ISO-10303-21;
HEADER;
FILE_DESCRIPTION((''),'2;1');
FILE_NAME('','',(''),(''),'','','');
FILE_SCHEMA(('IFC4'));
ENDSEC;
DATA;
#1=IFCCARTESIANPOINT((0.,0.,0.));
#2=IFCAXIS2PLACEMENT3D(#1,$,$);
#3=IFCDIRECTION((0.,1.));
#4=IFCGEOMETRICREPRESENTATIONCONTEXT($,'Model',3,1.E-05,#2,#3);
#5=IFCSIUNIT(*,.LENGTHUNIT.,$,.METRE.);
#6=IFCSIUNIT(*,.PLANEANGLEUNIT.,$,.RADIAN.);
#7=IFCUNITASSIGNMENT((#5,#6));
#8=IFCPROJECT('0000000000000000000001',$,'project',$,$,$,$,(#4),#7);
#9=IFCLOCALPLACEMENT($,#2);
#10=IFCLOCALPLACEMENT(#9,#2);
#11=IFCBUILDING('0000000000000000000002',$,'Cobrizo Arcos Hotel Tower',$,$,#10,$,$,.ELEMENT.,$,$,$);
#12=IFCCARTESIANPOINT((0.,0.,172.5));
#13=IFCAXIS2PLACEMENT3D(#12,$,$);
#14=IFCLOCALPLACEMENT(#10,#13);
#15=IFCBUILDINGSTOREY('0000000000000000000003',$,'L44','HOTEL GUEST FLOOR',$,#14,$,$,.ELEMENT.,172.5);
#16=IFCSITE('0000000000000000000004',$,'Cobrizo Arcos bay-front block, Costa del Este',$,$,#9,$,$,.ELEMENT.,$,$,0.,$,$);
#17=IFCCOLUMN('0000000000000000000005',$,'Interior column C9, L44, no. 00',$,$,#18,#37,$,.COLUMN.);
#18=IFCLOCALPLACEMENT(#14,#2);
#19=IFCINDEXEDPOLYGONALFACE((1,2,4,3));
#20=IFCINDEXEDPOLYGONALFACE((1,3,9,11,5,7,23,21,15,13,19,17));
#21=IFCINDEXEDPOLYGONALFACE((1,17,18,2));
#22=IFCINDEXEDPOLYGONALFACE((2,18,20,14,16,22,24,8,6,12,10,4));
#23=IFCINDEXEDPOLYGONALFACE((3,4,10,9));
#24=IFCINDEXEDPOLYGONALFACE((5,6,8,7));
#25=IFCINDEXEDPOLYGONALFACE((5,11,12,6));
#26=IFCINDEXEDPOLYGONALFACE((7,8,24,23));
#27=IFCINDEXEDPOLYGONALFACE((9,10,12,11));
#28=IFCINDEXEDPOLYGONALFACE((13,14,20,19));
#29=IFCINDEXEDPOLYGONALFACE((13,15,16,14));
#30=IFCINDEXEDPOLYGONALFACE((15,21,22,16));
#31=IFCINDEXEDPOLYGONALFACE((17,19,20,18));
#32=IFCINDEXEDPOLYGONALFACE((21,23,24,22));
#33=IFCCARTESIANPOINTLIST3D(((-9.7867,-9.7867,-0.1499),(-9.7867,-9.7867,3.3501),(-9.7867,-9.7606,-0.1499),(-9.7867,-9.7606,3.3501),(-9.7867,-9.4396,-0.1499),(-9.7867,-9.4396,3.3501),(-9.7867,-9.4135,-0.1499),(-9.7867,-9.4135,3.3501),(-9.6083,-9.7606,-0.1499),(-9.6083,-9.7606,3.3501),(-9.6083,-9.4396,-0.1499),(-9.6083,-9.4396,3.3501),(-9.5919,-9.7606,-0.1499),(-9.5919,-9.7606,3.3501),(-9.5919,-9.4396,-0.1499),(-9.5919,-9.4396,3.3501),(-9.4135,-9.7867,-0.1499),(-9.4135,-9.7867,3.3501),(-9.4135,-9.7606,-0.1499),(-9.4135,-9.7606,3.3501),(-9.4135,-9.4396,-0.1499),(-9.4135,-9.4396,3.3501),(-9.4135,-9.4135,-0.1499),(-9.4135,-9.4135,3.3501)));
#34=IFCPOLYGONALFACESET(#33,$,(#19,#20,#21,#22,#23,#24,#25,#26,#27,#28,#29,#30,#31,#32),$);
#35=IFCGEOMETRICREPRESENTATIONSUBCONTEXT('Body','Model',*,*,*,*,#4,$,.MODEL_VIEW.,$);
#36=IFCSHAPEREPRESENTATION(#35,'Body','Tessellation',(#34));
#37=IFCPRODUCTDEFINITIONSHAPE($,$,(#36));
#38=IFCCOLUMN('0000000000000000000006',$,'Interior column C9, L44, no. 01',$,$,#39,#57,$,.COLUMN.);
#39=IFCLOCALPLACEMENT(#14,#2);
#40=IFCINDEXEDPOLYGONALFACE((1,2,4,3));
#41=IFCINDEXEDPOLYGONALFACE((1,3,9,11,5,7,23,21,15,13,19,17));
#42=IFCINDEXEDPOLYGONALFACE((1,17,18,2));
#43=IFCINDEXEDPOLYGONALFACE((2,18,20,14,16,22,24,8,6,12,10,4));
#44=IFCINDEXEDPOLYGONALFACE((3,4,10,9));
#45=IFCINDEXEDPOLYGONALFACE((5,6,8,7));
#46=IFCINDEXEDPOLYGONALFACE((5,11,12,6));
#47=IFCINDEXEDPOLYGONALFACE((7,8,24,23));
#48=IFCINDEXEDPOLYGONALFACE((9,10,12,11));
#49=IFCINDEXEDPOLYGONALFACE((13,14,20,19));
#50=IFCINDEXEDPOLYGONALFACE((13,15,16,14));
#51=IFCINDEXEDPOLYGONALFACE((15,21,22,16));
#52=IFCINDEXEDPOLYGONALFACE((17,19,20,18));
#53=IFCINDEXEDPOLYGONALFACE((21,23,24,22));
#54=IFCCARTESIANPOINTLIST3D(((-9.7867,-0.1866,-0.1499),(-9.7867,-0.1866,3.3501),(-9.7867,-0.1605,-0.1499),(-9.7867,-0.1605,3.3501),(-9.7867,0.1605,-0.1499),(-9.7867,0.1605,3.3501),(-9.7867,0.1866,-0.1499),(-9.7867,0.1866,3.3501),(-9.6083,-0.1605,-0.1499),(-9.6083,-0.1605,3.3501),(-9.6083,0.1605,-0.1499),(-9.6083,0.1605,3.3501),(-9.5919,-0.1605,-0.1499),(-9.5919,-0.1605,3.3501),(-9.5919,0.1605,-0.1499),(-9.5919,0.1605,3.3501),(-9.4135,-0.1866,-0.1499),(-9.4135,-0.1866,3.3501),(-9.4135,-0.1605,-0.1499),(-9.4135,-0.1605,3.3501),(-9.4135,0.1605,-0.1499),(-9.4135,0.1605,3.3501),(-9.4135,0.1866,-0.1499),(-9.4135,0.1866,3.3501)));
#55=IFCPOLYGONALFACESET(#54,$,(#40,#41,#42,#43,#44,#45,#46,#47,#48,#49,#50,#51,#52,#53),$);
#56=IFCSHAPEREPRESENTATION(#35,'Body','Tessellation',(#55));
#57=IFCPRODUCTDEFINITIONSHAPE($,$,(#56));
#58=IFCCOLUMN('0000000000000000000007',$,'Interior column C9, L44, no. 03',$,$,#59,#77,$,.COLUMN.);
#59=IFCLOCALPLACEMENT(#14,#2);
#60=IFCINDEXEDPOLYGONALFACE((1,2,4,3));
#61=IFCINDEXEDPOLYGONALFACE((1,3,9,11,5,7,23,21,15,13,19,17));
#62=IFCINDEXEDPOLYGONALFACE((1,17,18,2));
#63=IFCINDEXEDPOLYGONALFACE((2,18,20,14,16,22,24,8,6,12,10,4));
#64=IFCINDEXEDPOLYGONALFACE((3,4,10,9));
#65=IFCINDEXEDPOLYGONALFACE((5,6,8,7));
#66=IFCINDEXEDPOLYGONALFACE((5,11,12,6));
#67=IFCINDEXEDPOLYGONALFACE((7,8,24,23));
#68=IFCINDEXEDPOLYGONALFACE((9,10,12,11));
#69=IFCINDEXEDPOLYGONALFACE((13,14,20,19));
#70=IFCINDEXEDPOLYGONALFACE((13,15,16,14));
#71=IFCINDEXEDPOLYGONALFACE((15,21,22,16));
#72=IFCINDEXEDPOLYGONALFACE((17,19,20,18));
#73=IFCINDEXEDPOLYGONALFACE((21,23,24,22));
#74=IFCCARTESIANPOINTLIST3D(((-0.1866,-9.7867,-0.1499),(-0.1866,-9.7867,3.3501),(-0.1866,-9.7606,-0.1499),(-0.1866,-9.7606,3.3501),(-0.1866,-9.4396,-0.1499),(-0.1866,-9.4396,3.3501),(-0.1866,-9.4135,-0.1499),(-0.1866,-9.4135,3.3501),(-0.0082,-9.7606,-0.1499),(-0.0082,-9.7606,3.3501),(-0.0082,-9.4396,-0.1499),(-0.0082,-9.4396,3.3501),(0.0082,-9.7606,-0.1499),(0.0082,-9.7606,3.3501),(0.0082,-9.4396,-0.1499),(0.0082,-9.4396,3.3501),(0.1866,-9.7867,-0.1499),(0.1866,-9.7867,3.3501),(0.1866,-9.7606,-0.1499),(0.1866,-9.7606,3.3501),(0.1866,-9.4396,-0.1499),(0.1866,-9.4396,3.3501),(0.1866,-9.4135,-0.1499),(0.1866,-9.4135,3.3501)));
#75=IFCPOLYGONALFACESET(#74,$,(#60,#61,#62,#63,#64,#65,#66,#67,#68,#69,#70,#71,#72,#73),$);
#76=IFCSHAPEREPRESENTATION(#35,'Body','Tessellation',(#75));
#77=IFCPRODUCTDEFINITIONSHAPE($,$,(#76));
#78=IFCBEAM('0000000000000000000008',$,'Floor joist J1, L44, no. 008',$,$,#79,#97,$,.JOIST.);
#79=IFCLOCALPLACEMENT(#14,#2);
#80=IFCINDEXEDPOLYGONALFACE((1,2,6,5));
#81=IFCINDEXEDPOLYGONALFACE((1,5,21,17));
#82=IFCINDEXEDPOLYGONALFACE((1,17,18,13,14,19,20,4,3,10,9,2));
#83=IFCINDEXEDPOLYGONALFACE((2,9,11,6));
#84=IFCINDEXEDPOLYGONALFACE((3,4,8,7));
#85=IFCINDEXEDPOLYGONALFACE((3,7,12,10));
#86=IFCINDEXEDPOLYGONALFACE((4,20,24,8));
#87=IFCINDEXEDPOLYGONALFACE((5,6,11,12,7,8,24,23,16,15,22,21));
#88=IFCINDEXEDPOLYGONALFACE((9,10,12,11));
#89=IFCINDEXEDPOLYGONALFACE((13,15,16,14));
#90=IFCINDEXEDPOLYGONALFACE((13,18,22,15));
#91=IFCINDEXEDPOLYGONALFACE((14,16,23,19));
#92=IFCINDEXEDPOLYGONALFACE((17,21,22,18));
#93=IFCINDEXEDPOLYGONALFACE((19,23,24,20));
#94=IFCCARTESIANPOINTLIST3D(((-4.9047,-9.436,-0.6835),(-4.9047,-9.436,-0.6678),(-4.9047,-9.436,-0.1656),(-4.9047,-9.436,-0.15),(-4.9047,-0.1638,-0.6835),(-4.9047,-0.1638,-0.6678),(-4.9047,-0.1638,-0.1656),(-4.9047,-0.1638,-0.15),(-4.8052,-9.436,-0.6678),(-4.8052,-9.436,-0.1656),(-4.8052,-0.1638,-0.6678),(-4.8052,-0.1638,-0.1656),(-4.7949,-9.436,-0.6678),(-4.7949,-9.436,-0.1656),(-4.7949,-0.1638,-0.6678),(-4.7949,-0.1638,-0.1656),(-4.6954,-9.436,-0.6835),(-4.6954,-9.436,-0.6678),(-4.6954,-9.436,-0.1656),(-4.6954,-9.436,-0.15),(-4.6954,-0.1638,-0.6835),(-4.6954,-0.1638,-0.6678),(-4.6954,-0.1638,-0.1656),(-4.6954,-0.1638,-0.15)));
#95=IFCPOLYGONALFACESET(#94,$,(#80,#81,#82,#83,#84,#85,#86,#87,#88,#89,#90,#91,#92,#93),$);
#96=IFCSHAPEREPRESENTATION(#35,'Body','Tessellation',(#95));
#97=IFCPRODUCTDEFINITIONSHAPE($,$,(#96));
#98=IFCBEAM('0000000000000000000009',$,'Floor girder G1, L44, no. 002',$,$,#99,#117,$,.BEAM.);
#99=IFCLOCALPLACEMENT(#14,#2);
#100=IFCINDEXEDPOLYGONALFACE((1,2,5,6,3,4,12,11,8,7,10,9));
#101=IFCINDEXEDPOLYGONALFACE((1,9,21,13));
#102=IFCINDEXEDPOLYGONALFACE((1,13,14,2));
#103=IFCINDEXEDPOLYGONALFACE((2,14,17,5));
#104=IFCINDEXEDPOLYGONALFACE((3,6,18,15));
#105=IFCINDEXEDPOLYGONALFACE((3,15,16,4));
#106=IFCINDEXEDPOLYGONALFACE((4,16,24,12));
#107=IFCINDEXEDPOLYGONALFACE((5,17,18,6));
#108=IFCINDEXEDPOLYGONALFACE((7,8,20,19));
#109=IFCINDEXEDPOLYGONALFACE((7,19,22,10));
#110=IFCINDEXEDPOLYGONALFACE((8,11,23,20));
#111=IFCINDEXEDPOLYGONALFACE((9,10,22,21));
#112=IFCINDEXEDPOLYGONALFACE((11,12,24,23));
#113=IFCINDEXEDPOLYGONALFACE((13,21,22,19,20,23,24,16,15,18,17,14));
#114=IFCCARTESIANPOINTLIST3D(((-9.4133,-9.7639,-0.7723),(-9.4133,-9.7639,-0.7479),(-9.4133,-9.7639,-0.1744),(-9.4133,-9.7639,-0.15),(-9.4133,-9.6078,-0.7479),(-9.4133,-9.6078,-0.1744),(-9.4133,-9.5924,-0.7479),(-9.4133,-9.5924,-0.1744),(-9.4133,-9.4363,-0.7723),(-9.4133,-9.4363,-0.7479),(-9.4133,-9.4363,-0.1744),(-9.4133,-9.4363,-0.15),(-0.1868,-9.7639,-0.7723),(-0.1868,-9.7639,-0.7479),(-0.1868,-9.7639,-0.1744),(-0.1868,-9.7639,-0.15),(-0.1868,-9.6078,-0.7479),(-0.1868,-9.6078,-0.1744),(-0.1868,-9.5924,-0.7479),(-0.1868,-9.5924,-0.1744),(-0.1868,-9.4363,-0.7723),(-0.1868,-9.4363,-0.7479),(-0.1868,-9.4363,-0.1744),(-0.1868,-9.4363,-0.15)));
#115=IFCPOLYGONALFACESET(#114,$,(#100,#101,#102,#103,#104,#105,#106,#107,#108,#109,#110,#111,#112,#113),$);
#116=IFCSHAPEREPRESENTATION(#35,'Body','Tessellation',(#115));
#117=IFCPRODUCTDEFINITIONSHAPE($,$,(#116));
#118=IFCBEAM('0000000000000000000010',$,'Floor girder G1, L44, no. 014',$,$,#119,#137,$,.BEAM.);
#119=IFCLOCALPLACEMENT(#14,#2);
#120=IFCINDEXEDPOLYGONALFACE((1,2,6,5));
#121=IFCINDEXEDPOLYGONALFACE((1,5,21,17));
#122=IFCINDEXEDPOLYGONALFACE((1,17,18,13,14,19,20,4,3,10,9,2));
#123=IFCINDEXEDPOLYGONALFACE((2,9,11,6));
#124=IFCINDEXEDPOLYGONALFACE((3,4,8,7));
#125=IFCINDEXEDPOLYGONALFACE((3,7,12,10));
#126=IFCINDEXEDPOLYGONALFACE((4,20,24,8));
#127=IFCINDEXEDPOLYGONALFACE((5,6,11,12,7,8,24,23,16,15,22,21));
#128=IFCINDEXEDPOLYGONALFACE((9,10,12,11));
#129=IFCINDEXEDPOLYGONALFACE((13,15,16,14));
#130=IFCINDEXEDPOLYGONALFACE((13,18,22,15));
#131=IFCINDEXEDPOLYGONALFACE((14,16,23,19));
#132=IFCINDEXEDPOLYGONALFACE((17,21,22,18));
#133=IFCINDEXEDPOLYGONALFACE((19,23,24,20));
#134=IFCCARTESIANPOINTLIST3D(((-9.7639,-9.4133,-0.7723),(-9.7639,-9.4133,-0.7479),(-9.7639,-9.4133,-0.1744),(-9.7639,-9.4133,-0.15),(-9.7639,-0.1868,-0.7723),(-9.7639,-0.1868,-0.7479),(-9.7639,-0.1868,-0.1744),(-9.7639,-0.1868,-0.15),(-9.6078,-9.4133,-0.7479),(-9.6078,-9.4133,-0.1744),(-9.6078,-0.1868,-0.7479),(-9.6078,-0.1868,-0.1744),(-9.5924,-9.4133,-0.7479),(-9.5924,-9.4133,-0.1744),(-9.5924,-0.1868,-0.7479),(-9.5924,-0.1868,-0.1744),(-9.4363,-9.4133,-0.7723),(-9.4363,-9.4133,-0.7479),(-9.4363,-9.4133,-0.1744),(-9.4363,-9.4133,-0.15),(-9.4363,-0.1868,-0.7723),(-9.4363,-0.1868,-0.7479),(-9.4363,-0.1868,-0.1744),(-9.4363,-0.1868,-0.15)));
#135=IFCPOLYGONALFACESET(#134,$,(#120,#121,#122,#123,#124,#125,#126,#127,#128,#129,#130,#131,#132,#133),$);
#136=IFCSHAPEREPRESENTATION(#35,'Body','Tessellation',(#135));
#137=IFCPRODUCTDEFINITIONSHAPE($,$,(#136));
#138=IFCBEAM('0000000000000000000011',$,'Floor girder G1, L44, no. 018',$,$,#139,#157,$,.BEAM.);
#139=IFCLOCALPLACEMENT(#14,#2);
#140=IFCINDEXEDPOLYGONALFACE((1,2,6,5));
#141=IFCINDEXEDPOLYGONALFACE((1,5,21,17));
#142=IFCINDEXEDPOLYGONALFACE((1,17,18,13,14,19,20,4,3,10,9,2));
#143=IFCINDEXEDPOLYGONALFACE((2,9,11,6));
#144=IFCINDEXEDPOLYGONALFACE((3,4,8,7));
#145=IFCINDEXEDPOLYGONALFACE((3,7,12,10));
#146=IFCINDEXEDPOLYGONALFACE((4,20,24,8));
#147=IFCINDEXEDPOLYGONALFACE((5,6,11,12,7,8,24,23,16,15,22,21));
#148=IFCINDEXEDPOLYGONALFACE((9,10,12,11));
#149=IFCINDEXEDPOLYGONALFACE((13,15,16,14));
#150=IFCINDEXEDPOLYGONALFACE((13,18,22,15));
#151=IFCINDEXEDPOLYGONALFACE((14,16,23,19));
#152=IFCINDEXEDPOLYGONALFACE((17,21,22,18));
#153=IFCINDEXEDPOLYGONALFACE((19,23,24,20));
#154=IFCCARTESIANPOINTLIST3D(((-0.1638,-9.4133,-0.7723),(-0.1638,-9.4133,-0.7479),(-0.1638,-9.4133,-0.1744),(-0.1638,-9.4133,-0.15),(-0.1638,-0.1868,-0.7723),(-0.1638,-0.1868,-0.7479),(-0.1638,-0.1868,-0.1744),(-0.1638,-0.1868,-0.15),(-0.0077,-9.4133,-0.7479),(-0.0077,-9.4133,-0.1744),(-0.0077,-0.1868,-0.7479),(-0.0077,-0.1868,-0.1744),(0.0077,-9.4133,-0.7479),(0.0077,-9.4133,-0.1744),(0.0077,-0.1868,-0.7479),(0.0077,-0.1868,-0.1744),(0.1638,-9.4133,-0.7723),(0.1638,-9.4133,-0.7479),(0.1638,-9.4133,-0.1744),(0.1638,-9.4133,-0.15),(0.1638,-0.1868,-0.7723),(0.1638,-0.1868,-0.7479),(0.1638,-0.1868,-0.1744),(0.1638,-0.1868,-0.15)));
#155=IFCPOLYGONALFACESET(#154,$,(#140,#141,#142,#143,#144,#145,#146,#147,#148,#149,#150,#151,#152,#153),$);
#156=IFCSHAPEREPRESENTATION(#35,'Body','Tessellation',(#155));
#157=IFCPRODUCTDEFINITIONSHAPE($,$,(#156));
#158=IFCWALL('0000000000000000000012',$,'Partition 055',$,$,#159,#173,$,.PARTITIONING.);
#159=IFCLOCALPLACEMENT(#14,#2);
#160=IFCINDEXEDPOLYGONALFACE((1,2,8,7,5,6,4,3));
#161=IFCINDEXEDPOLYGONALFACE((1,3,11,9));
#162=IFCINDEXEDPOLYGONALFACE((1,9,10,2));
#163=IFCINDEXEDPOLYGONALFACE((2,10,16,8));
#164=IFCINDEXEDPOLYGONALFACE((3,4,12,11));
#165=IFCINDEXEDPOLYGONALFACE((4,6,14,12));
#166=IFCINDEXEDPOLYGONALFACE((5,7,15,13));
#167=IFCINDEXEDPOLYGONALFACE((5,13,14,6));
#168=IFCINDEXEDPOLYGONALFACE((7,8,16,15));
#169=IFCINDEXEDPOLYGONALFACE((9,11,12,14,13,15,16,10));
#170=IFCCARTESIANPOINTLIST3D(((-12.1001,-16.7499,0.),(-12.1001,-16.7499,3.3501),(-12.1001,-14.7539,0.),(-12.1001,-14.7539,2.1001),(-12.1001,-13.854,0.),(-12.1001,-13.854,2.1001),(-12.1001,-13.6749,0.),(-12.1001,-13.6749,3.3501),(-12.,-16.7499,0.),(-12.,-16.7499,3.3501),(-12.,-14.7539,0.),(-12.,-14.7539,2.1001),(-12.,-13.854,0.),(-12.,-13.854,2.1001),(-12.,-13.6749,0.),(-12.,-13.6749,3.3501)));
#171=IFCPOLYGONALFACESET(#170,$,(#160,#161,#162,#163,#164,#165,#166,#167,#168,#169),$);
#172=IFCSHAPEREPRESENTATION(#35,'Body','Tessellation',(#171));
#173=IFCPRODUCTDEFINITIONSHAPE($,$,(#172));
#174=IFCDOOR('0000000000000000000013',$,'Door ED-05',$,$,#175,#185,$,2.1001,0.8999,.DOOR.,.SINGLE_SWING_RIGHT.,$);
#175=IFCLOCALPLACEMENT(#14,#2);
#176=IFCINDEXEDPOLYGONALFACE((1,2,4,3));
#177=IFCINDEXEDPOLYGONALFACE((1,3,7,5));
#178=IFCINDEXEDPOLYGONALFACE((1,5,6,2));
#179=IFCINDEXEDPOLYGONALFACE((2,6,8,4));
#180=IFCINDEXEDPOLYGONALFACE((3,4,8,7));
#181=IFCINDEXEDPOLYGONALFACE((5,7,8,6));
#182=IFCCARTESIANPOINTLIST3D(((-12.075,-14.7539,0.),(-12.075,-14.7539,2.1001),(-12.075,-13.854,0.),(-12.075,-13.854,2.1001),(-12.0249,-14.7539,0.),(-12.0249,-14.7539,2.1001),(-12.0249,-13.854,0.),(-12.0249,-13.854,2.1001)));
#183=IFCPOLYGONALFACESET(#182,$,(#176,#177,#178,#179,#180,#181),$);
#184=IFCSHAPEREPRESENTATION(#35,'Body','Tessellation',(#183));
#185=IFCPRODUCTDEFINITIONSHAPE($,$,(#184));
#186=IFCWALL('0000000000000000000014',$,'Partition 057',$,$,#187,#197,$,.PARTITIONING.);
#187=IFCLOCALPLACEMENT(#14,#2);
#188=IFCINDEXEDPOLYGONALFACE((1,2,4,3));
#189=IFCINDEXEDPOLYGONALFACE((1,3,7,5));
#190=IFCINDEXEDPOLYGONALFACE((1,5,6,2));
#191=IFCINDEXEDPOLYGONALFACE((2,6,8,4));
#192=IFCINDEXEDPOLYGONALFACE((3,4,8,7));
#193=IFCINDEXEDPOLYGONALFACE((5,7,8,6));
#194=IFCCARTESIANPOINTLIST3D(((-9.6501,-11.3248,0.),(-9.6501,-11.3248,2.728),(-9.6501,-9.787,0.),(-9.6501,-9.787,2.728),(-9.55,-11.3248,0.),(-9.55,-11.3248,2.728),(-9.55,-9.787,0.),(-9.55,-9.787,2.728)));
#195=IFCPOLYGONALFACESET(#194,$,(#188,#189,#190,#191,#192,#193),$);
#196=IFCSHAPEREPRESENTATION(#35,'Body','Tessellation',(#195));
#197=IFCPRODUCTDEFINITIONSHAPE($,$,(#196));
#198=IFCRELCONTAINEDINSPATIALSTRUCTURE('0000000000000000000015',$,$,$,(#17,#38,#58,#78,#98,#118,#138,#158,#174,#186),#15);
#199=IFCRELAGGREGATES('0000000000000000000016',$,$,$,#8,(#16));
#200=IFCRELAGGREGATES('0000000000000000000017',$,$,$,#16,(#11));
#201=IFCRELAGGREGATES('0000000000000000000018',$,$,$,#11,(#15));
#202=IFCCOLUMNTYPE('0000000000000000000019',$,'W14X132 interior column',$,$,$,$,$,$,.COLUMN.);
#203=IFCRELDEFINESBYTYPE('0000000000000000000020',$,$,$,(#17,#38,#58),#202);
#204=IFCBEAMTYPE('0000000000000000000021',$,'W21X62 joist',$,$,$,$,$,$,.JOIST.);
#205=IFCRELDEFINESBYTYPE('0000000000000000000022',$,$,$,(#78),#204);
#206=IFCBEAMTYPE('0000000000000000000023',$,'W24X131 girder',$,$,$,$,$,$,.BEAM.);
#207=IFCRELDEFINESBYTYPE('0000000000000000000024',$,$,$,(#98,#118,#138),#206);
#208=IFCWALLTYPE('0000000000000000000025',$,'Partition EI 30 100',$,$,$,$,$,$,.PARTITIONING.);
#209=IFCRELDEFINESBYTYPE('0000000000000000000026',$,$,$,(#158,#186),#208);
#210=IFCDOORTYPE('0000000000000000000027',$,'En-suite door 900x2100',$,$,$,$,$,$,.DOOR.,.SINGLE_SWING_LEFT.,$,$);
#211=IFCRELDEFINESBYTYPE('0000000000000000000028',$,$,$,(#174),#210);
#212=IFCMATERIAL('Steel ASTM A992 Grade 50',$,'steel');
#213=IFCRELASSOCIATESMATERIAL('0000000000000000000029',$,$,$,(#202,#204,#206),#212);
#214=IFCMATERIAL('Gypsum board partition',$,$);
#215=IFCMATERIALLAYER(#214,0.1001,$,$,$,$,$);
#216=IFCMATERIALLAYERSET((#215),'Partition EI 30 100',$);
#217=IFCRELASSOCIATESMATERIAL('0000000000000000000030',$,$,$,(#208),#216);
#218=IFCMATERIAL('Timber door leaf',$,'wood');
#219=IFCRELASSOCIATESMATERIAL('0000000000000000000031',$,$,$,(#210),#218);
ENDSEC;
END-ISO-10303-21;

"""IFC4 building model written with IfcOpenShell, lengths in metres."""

from ifc_helpers import new_model, si_unit, direction, frame, frame_2d, origin, origin_2d, place, context, subcontext, project, spatial, rectangle, i_section, extrude, material, layer, layer_set, material_profile, profile_set, type_object, element, fill, save


model = new_model("IFC4")

# Units and contexts
model_context = context("Model", 3, precision=1e-05, world=origin(), true_north=direction((0.0, 1.0)))
body_context = subcontext(model_context, "Body", "Model", "MODEL_VIEW")
ifc_project = project(units=[si_unit("LENGTHUNIT", "METRE"), si_unit("PLANEANGLEUNIT", "RADIAN")], contexts=[model_context])

# Site, building, storey
site_placement = place(None, origin())
site = spatial("IfcSite", under=ifc_project, at=site_placement, Name="Cobrizo Arcos bay-front block, Costa del Este", CompositionType="ELEMENT", RefElevation=0.0)
building_placement = place(site_placement, origin())
building = spatial("IfcBuilding", under=site, at=building_placement, Name="Cobrizo Arcos Hotel Tower", CompositionType="ELEMENT")
storey_placement = place(building_placement, frame((0.0, 0.0, 172.5)))
storey = spatial("IfcBuildingStorey", under=building, at=storey_placement, Name="L44", Description="HOTEL GUEST FLOOR", CompositionType="ELEMENT", Elevation=172.5)

# Columns
ifc_material_1 = material(Name="Steel ASTM A992 Grade 50", Category="steel")
ifc_material_profile_1 = material_profile(ifc_material_1, i_section(OverallWidth=0.3733, OverallDepth=0.3733, WebThickness=0.0164, FlangeThickness=0.0261, at=origin_2d()), Name="W14X132")
ifc_profile_set_1 = profile_set([ifc_material_profile_1], Name="Steel ASTM A992 Grade 50")
column_type = type_object("IfcColumnType", Name="W14X132 interior column", PredefinedType="COLUMN", material=ifc_profile_set_1)
for number, where, z_axis, x_axis, name in (
    (1, (-9.6001, -9.6001, -0.1499), (0.0, 0.0, 1.0), (1.0, 0.0, 0.0), "Interior column C9, L44, no. 00"),
    (2, (-9.6001, 0.0, -0.1499), (0.0, 0.0, 1.0), (1.0, 0.0, 0.0), "Interior column C9, L44, no. 01"),
    (3, (0.0, -9.6001, -0.1499), (0.0, 0.0, 1.0), (1.0, 0.0, 0.0), "Interior column C9, L44, no. 03"),
):
    element("IfcColumn", number, at=place(storey_placement, frame(where, z_axis=z_axis, x_axis=x_axis)), inside=storey, type_object=column_type, Name=name, PredefinedType="COLUMN", context=body_context, shape_type="SweptSolid", body=[
        extrude(i_section(OverallWidth=0.3733, OverallDepth=0.3733, WebThickness=0.0164, FlangeThickness=0.0261, at=origin_2d()), origin(), (0.0, 0.0, 1.0), 3.5),
    ])

# Beams
ifc_material_profile_2 = material_profile(ifc_material_1, i_section(OverallWidth=0.2092, OverallDepth=0.5334, WebThickness=0.0103, FlangeThickness=0.0156, at=origin_2d()), Name="W21X62")
ifc_profile_set_2 = profile_set([ifc_material_profile_2], Name="Steel ASTM A992 Grade 50")
beam_type_1 = type_object("IfcBeamType", Name="W21X62 joist", PredefinedType="JOIST", material=ifc_profile_set_2)
beam_placement = place(storey_placement, frame((-4.8, -9.436, -0.4167), z_axis=(0.0, 1.0, 0.0), x_axis=(-1.0, 0.0, 0.0)))
element("IfcBeam", 4, at=beam_placement, inside=storey, type_object=beam_type_1, Name="Floor joist J1, L44, no. 008", PredefinedType="JOIST", context=body_context, shape_type="SweptSolid", body=[
    extrude(i_section(OverallWidth=0.2092, OverallDepth=0.5334, WebThickness=0.0103, FlangeThickness=0.0156, at=origin_2d()), origin(), (0.0, 0.0, 1.0), 9.2722),
])
ifc_material_profile_3 = material_profile(ifc_material_1, i_section(OverallWidth=0.3276, OverallDepth=0.6223, WebThickness=0.0154, FlangeThickness=0.0244, at=origin_2d()), Name="W24X131")
ifc_profile_set_3 = profile_set([ifc_material_profile_3], Name="Steel ASTM A992 Grade 50")
beam_type_2 = type_object("IfcBeamType", Name="W24X131 girder", PredefinedType="BEAM", material=ifc_profile_set_3)
for number, where, z_axis, x_axis, name in (
    (5, (-9.4133, -9.6001, -0.4612), (1.0, 0.0, 0.0), (0.0, 1.0, 0.0), "Floor girder G1, L44, no. 002"),
    (6, (-9.6001, -9.4133, -0.4612), (0.0, 1.0, 0.0), (-1.0, 0.0, 0.0), "Floor girder G1, L44, no. 014"),
    (7, (0.0, -9.4133, -0.4612), (0.0, 1.0, 0.0), (-1.0, 0.0, 0.0), "Floor girder G1, L44, no. 018"),
):
    element("IfcBeam", number, at=place(storey_placement, frame(where, z_axis=z_axis, x_axis=x_axis)), inside=storey, type_object=beam_type_2, Name=name, PredefinedType="BEAM", context=body_context, shape_type="SweptSolid", body=[
        extrude(i_section(OverallWidth=0.3276, OverallDepth=0.6223, WebThickness=0.0154, FlangeThickness=0.0244, at=origin_2d()), origin(), (0.0, 0.0, 1.0), 9.2266),
    ])

# Wall, opening, door
ifc_material_2 = material(Name="Gypsum board partition")
ifc_layer = layer(ifc_material_2, 0.1001)
ifc_layer_set = layer_set([ifc_layer], Name="Partition EI 30 100")
wall_type = type_object("IfcWallType", Name="Partition EI 30 100", PredefinedType="PARTITIONING", material=ifc_layer_set)
wall_1_placement = place(storey_placement, frame((-12.05, -16.75, 0.0), z_axis=(0.0, 0.0, 1.0), x_axis=(0.0, 1.0, 0.0)))
wall_1 = element("IfcWall", 8, at=wall_1_placement, inside=storey, type_object=wall_type, Name="Partition 055", PredefinedType="PARTITIONING", context=body_context, shape_type="SweptSolid", body=[
    extrude(rectangle(XDim=3.075, YDim=0.1001, at=frame_2d((1.5376, 0.0))), origin(), (0.0, 0.0, 1.0), 3.3501),
])
opening_1_placement = place(wall_1_placement, frame((1.9961, 0.0, 0.0)))
opening_1 = element("IfcOpeningElement", 9, at=opening_1_placement, cuts=wall_1, PredefinedType="OPENING", context=body_context, shape_type="SweptSolid", body=[
    extrude(rectangle(XDim=0.8999, YDim=2.1001, at=frame_2d((0.45, 1.05))), frame((0.0, 0.062, 0.0), z_axis=(0.0, -1.0, 0.0), x_axis=(1.0, 0.0, 0.0)), (0.0, 0.0, 1.0), 0.124),
])
ifc_material_3 = material(Name="Timber door leaf", Category="wood")
door_type = type_object("IfcDoorType", Name="En-suite door 900x2100", OperationType="SINGLE_SWING_LEFT", PredefinedType="DOOR", material=ifc_material_3)
door_1_placement = place(opening_1_placement, origin())
door_1 = element("IfcDoor", 10, at=door_1_placement, inside=storey, type_object=door_type, Name="Door ED-05", OperationType="SINGLE_SWING_RIGHT", OverallHeight=2.1001, OverallWidth=0.8999, PredefinedType="DOOR", context=body_context, shape_type="SweptSolid", body=[
    extrude(rectangle(XDim=0.8999, YDim=2.1001, at=frame_2d((0.45, 1.05))), frame((0.0, 0.0249, 0.0), z_axis=(0.0, -1.0, 0.0), x_axis=(1.0, 0.0, 0.0)), (0.0, 0.0, 1.0), 0.05),
])
fill(opening_1, door_1)

# Wall
wall_2_placement = place(storey_placement, frame((-9.6001, -11.325, 0.0), z_axis=(0.0, 0.0, 1.0), x_axis=(0.0, 1.0, 0.0)))
element("IfcWall", 11, at=wall_2_placement, inside=storey, type_object=wall_type, Name="Partition 057", PredefinedType="PARTITIONING", context=body_context, shape_type="SweptSolid", body=[
    extrude(rectangle(XDim=1.5378, YDim=0.1001, at=frame_2d((0.769, 0.0))), origin(), (0.0, 0.0, 1.0), 2.728),
])

save(model, "model.ifc")
